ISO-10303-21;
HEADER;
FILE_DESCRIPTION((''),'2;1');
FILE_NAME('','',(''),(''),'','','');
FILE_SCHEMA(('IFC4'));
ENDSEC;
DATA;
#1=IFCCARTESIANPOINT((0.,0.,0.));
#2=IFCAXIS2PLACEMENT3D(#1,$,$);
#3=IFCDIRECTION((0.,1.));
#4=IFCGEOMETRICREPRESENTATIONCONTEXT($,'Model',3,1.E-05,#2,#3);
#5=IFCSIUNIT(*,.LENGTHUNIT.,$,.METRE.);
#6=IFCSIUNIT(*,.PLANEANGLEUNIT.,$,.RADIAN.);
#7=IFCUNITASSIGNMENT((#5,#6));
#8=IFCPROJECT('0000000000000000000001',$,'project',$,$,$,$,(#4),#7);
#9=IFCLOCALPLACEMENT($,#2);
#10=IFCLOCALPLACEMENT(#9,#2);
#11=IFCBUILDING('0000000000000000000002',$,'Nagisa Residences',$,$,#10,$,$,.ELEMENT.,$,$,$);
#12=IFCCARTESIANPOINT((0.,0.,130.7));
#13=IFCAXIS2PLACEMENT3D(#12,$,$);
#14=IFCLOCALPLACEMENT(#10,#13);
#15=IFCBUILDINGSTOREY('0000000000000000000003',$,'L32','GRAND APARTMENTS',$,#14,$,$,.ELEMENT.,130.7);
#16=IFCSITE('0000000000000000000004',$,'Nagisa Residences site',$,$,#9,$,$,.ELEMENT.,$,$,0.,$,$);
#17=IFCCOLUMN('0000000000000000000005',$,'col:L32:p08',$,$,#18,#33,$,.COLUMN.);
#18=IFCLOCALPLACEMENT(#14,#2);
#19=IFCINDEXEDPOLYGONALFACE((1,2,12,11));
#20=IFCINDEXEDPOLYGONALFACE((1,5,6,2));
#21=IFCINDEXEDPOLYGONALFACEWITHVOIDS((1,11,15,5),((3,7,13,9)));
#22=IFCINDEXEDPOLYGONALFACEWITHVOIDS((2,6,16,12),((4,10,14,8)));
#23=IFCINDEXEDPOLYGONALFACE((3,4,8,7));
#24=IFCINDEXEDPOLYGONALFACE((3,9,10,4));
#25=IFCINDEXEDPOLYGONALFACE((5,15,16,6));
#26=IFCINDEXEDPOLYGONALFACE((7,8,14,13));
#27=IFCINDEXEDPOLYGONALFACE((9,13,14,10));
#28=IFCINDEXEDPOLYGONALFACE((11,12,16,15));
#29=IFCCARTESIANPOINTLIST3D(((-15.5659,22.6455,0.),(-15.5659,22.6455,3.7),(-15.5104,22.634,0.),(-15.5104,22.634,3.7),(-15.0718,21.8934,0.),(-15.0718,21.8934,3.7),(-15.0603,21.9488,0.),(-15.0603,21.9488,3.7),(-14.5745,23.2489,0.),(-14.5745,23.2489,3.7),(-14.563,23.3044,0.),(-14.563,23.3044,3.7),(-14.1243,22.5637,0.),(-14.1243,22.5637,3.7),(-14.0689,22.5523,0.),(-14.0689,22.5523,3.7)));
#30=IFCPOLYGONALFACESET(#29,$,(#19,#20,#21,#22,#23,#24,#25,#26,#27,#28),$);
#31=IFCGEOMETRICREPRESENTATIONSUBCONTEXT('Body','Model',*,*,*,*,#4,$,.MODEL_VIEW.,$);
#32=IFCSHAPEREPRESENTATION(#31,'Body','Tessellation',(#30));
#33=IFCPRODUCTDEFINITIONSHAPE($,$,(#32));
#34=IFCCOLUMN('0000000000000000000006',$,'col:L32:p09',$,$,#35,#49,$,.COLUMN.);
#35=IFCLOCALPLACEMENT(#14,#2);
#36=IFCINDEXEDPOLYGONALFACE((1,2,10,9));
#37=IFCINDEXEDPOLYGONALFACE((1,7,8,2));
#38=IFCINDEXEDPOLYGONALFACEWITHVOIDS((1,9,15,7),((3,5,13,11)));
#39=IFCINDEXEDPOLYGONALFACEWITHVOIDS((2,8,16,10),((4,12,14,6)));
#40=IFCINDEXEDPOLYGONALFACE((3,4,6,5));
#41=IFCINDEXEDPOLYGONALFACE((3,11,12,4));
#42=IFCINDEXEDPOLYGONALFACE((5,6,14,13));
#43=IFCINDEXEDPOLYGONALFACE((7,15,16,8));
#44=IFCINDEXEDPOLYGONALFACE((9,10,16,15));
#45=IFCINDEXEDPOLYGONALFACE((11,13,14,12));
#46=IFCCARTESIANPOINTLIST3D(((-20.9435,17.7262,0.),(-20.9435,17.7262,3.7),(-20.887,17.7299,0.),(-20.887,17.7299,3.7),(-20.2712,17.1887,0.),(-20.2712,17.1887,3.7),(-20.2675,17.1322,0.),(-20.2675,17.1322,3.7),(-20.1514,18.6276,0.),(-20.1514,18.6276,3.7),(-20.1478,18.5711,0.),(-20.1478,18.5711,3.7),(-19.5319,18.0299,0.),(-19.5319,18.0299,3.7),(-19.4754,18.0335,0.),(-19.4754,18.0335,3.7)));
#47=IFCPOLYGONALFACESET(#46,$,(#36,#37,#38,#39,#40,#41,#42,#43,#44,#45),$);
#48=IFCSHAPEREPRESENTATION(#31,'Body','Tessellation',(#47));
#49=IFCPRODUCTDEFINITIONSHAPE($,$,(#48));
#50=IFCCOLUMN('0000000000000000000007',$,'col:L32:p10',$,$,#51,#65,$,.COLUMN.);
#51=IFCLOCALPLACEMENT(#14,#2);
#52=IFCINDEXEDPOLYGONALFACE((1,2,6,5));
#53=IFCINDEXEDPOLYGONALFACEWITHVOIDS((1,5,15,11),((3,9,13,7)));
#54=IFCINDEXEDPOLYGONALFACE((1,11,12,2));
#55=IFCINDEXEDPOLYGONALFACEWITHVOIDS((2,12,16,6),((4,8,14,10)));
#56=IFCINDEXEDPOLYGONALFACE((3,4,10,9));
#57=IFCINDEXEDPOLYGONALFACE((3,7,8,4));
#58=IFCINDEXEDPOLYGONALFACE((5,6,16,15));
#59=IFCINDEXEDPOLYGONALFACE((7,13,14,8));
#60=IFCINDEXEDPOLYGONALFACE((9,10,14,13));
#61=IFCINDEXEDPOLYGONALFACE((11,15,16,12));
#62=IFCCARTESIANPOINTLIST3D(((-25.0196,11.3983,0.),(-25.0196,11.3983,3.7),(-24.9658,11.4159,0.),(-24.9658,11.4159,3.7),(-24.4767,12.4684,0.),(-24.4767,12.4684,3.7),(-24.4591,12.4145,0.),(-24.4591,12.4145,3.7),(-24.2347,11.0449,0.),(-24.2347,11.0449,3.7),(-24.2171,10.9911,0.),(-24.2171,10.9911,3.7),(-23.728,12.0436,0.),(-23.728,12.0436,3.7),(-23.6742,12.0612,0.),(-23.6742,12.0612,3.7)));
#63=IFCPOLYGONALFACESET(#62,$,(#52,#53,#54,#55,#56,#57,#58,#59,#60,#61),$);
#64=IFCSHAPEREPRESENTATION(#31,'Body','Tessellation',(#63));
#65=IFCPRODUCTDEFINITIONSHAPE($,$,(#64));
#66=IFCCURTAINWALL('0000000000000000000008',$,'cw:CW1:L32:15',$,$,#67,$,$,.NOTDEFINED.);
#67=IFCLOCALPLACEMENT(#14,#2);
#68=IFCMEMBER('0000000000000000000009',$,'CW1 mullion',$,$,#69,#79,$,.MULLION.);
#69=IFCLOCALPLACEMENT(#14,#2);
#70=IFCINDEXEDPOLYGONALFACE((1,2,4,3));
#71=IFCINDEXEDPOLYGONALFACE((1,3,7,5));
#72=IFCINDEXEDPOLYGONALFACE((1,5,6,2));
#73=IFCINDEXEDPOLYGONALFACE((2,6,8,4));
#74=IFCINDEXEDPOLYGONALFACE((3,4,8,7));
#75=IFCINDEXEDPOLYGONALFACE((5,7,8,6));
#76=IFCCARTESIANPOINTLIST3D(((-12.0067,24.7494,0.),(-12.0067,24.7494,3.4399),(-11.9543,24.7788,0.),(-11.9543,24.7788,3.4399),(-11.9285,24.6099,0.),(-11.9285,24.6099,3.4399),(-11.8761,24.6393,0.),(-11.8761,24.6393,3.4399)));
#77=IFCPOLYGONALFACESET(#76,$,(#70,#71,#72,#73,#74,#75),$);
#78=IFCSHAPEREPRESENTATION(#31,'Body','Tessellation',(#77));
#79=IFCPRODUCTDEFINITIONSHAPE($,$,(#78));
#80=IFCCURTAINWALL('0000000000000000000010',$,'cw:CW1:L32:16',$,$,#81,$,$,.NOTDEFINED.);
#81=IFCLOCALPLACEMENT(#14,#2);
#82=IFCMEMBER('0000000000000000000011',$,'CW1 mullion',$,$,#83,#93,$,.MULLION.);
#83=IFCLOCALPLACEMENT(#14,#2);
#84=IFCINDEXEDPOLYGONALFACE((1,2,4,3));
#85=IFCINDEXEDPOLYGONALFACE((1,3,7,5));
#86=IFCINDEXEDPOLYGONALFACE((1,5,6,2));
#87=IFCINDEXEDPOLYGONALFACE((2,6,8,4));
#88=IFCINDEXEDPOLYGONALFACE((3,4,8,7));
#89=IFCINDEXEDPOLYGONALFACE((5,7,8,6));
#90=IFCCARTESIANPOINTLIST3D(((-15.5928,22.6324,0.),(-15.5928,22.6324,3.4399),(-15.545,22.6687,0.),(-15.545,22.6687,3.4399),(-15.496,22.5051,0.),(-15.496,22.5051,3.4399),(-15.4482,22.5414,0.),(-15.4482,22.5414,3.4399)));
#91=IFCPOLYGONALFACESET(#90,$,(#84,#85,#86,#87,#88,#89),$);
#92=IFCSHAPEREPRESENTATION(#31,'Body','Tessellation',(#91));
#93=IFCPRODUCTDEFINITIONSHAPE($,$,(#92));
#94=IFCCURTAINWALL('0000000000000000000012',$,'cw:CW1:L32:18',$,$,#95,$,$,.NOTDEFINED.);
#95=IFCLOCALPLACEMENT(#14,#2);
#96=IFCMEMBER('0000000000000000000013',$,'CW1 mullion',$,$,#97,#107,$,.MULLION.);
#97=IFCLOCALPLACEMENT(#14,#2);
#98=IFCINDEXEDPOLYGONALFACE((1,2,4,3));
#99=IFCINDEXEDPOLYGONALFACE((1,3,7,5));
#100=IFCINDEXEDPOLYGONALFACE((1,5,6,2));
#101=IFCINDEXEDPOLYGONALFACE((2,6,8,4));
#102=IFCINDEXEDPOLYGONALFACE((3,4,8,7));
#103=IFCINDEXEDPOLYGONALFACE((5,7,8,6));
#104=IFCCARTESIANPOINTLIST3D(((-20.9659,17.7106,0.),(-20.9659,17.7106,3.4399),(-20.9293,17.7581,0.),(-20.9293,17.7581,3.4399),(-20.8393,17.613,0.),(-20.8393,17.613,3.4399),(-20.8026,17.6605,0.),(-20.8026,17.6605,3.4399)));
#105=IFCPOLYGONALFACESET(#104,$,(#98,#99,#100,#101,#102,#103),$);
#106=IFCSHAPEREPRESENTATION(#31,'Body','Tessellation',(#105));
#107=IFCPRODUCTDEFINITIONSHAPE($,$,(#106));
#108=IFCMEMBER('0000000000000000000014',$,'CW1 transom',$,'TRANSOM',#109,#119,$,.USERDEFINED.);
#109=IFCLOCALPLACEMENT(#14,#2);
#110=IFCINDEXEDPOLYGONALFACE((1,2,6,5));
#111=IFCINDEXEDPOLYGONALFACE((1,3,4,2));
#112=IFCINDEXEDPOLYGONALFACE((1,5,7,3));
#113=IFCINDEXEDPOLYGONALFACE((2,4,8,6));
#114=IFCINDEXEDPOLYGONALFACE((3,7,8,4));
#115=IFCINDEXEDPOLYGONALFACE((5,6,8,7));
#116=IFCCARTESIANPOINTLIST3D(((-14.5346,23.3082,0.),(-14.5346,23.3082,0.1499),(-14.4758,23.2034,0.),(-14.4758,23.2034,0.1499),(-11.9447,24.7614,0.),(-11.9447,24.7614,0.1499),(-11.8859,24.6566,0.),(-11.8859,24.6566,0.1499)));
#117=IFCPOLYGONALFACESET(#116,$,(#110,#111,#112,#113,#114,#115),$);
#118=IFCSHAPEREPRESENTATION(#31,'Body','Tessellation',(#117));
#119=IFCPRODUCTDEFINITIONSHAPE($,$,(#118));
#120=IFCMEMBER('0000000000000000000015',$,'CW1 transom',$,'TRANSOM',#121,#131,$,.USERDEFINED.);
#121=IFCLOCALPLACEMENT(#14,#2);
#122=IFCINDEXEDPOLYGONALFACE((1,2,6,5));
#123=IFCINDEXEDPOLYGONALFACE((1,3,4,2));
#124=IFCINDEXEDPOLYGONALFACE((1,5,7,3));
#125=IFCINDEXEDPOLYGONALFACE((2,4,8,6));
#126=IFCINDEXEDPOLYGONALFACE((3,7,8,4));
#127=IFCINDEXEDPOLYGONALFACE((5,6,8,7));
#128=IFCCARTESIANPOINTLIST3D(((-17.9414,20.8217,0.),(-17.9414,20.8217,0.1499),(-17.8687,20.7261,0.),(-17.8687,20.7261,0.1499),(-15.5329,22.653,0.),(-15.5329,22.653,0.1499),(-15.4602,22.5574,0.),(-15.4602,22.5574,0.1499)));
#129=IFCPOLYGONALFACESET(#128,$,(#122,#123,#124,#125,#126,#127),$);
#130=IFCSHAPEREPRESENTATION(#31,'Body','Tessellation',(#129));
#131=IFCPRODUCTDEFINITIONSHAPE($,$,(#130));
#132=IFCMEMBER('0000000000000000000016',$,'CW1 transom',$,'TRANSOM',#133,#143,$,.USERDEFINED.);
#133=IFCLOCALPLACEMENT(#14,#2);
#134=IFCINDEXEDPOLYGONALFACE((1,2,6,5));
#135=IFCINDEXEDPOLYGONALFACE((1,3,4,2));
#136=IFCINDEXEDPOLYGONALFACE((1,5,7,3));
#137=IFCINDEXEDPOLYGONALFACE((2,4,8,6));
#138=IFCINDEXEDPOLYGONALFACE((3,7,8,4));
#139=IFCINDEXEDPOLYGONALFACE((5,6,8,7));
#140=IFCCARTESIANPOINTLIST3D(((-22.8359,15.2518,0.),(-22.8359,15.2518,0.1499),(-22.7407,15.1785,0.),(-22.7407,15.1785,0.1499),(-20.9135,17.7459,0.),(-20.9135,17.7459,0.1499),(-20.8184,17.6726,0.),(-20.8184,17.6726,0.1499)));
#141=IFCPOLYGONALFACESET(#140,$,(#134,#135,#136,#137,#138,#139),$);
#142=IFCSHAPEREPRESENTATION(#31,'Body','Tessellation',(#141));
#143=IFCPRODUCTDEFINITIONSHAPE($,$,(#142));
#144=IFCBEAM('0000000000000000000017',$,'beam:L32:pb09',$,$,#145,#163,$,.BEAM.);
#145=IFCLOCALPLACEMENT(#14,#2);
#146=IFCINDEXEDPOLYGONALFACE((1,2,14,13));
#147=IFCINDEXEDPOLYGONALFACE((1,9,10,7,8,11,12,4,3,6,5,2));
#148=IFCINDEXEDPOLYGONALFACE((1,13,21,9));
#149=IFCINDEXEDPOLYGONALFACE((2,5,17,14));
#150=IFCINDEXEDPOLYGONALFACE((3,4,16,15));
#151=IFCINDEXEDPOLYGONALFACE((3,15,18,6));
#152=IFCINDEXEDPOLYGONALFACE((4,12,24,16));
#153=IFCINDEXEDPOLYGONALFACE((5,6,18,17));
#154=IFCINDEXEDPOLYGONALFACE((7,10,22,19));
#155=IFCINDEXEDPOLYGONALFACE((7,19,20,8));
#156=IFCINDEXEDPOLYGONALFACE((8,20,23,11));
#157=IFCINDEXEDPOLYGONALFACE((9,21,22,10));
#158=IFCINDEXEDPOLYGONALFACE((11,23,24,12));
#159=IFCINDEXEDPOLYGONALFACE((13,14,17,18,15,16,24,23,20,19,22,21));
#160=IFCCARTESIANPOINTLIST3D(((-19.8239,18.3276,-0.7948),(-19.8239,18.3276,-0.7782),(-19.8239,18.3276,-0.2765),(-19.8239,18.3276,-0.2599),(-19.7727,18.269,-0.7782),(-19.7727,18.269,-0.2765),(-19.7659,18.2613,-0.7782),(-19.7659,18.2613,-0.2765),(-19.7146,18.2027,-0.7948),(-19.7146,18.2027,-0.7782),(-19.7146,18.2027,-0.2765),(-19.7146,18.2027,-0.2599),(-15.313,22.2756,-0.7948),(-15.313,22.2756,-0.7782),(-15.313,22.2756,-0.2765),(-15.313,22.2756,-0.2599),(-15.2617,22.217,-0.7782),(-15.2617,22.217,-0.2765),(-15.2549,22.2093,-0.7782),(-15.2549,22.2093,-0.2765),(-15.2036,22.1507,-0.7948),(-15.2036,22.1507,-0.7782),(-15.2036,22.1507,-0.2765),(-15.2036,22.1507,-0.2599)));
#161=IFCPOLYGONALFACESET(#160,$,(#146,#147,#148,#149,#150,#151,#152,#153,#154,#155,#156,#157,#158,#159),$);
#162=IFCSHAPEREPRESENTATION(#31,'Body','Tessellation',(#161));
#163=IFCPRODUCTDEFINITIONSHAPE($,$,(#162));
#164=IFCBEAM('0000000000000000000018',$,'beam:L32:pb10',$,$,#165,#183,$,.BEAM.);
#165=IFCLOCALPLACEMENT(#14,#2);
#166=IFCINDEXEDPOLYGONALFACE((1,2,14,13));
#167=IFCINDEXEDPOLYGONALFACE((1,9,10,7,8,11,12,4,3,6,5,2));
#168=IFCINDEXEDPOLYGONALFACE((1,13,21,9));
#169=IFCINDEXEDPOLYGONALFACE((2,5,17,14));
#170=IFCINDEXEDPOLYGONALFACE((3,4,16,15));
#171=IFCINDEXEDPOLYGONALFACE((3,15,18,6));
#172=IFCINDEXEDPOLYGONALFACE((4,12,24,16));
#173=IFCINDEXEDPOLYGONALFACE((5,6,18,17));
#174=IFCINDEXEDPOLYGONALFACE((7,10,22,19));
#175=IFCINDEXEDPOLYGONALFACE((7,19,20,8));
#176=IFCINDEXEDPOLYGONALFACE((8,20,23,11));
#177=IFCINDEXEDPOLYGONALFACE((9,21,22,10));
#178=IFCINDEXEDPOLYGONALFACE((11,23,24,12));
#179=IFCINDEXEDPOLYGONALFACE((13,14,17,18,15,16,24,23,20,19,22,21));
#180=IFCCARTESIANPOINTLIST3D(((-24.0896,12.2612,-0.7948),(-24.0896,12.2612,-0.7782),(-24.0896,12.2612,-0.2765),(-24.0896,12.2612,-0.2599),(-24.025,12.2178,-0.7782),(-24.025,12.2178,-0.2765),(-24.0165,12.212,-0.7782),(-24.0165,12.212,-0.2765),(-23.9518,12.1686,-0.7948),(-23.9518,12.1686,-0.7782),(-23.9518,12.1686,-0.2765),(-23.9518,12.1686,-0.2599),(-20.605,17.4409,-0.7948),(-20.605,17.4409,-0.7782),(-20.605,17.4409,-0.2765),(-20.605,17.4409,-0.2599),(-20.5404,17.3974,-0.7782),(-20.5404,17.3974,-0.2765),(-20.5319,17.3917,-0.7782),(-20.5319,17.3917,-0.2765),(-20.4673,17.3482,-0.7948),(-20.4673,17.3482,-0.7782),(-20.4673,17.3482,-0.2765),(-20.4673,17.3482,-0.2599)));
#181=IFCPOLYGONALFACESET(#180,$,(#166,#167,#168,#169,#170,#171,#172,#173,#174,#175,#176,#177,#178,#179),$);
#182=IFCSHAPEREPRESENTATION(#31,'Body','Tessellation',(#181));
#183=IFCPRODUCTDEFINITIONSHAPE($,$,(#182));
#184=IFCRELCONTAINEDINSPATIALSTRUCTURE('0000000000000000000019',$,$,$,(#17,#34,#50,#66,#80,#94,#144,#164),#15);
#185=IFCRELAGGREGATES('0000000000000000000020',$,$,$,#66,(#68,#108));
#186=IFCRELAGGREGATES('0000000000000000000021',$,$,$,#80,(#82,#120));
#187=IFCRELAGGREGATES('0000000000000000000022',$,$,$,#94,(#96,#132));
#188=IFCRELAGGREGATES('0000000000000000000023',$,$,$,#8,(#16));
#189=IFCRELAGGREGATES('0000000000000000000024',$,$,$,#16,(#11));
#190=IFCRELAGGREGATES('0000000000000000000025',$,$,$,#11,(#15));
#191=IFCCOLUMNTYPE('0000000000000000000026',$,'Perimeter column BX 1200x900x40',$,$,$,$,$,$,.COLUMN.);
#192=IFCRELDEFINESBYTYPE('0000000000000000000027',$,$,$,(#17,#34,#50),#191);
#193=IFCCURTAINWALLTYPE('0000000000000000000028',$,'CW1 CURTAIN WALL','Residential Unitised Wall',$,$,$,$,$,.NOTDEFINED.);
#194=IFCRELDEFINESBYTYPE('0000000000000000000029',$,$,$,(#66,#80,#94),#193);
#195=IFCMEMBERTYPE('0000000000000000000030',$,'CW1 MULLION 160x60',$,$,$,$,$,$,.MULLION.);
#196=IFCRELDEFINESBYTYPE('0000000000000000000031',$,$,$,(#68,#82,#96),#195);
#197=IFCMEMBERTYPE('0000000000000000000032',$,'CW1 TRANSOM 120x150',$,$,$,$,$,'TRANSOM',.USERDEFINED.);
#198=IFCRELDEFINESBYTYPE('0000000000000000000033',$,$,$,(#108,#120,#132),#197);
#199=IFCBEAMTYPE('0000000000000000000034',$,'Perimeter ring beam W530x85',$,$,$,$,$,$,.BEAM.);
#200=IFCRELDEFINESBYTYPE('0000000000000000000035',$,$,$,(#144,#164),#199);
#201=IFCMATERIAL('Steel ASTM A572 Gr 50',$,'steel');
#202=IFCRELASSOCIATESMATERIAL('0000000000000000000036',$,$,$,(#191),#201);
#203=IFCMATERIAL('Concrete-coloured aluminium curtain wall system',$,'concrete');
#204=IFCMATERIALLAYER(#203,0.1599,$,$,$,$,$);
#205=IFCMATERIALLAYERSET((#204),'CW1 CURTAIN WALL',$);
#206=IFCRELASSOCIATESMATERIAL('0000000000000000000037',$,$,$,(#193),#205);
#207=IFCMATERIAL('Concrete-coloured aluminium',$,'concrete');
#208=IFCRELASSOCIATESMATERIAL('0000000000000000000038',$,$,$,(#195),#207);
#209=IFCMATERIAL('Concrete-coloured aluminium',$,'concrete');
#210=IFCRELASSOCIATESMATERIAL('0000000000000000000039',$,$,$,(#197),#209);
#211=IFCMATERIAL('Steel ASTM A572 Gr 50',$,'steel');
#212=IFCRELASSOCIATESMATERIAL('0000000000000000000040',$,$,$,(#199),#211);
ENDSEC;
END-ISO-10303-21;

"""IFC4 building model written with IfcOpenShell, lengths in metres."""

from ifc_helpers import new_model, si_unit, direction, frame, origin, origin_2d, place, context, subcontext, project, spatial, rectangle, hollow_rectangle, i_section, extrude, material, layer, layer_set, material_profile, profile_set, type_object, element, aggregate, save


model = new_model("IFC4")

# Units and contexts
model_context = context("Model", 3, precision=1e-05, world=origin(), true_north=direction((0.0, 1.0)))
body_context = subcontext(model_context, "Body", "Model", "MODEL_VIEW")
ifc_project = project(units=[si_unit("LENGTHUNIT", "METRE"), si_unit("PLANEANGLEUNIT", "RADIAN")], contexts=[model_context])

# Site, building, storey
site_placement = place(None, origin())
site = spatial("IfcSite", under=ifc_project, at=site_placement, Name="Nagisa Residences site", CompositionType="ELEMENT", RefElevation=0.0)
building_placement = place(site_placement, origin())
building = spatial("IfcBuilding", under=site, at=building_placement, Name="Nagisa Residences", CompositionType="ELEMENT")
storey_placement = place(building_placement, frame((0.0, 0.0, 130.7)))
storey = spatial("IfcBuildingStorey", under=building, at=storey_placement, Name="L32", Description="GRAND APARTMENTS", CompositionType="ELEMENT", Elevation=130.7)

# Columns
ifc_material_1 = material(Name="Steel ASTM A572 Gr 50", Category="steel")
ifc_material_profile_1 = material_profile(ifc_material_1, hollow_rectangle(XDim=1.2, YDim=0.8999, WallThickness=0.04, at=origin_2d()), Name="BX 1200x900x40")
ifc_profile_set_1 = profile_set([ifc_material_profile_1], Name="Steel ASTM A572 Gr 50")
column_type = type_object("IfcColumnType", Name="Perimeter column BX 1200x900x40", PredefinedType="COLUMN", material=ifc_profile_set_1)
for number, where, z_axis, x_axis, name in (
    (1, (-14.8174, 22.5989, 0.0), (0.0, 0.0, 1.0), (-0.835766, -0.549086, 0.0), "col:L32:p08"),
    (2, (-20.2095, 17.8799, 0.0), (0.0, 0.0, 1.0), (-0.660115, -0.751165, 0.0), "col:L32:p09"),
    (3, (-24.3469, 11.7297, 0.0), (0.0, 0.0, 1.0), (-0.452463, -0.891783, 0.0), "col:L32:p10"),
):
    element("IfcColumn", number, at=place(storey_placement, frame(where, z_axis=z_axis, x_axis=x_axis)), inside=storey, type_object=column_type, Name=name, PredefinedType="COLUMN", context=body_context, shape_type="SweptSolid", body=[
        extrude(hollow_rectangle(XDim=1.2, YDim=0.8999, WallThickness=0.04, at=origin_2d()), origin(), (0.0, 0.0, 1.0), 3.7),
    ])

# Curtain walls, members
ifc_material_2 = material(Name="Concrete-coloured aluminium curtain wall system", Category="concrete")
ifc_layer_1 = layer(ifc_material_2, 0.1599)
ifc_layer_set_1 = layer_set([ifc_layer_1], Name="CW1 CURTAIN WALL")
curtain_wall_type = type_object("IfcCurtainWallType", Name="CW1 CURTAIN WALL", Description="Residential Unitised Wall", PredefinedType="NOTDEFINED", material=ifc_layer_set_1)
curtain_wall_1_placement = place(storey_placement, origin())
curtain_wall_1 = element("IfcCurtainWall", 4, at=curtain_wall_1_placement, inside=storey, type_object=curtain_wall_type, Name="cw:CW1:L32:15", PredefinedType="NOTDEFINED")
ifc_material_3 = material(Name="Concrete-coloured aluminium", Category="concrete")
ifc_material_profile_2 = material_profile(ifc_material_3, rectangle(XDim=0.1599, YDim=0.0601, at=origin_2d()), Name="CW1 MULLION 160x60")
ifc_profile_set_2 = profile_set([ifc_material_profile_2], Name="Concrete-coloured aluminium")
member_type_1 = type_object("IfcMemberType", Name="CW1 MULLION 160x60", PredefinedType="MULLION", material=ifc_profile_set_2)
member_1_placement = place(storey_placement, frame((-11.9414, 24.6943, 0.0), z_axis=(0.0, 0.0, 1.0), x_axis=(0.489377, -0.872072, 0.0)))
member_1 = element("IfcMember", 5, at=member_1_placement, type_object=member_type_1, Name="CW1 mullion", PredefinedType="MULLION", context=body_context, shape_type="SweptSolid", body=[
    extrude(rectangle(XDim=0.1599, YDim=0.0601, at=origin_2d()), origin(), (0.0, 0.0, 1.0), 3.4399),
])
curtain_wall_2_placement = place(storey_placement, origin())
curtain_wall_2 = element("IfcCurtainWall", 6, at=curtain_wall_2_placement, inside=storey, type_object=curtain_wall_type, Name="cw:CW1:L32:16", PredefinedType="NOTDEFINED")
member_2_placement = place(storey_placement, frame((-15.5205, 22.5869, 0.0), z_axis=(0.0, 0.0, 1.0), x_axis=(0.605255, -0.796031, 0.0)))
member_2 = element("IfcMember", 7, at=member_2_placement, type_object=member_type_1, Name="CW1 mullion", PredefinedType="MULLION", context=body_context, shape_type="SweptSolid", body=[
    extrude(rectangle(XDim=0.1599, YDim=0.0601, at=origin_2d()), origin(), (0.0, 0.0, 1.0), 3.4399),
])
curtain_wall_3_placement = place(storey_placement, origin())
curtain_wall_3 = element("IfcCurtainWall", 8, at=curtain_wall_3_placement, inside=storey, type_object=curtain_wall_type, Name="cw:CW1:L32:18", PredefinedType="NOTDEFINED")
member_3_placement = place(storey_placement, frame((-20.8843, 17.6855, 0.0), z_axis=(0.0, 0.0, 1.0), x_axis=(0.79207, -0.61043, 0.0)))
member_3 = element("IfcMember", 9, at=member_3_placement, type_object=member_type_1, Name="CW1 mullion", PredefinedType="MULLION", context=body_context, shape_type="SweptSolid", body=[
    extrude(rectangle(XDim=0.1599, YDim=0.0601, at=origin_2d()), origin(), (0.0, 0.0, 1.0), 3.4399),
])

# Members
ifc_material_4 = material(Name="Concrete-coloured aluminium", Category="concrete")
ifc_material_profile_3 = material_profile(ifc_material_4, rectangle(XDim=0.1201, YDim=0.1499, at=origin_2d()), Name="CW1 TRANSOM 120x150")
ifc_profile_set_3 = profile_set([ifc_material_profile_3], Name="Concrete-coloured aluminium")
member_type_2 = type_object("IfcMemberType", Name="CW1 TRANSOM 120x150", ElementType="TRANSOM", PredefinedType="USERDEFINED", material=ifc_profile_set_3)
member_4_placement = place(storey_placement, frame((-11.9153, 24.709, 0.075), z_axis=(-0.872102, -0.489324, 0.0), x_axis=(0.489324, -0.872102, 0.0)))
member_4 = element("IfcMember", 10, at=member_4_placement, type_object=member_type_2, Name="CW1 transom", ObjectType="TRANSOM", PredefinedType="USERDEFINED", context=body_context, shape_type="SweptSolid", body=[
    extrude(rectangle(XDim=0.1201, YDim=0.1499, at=origin_2d()), origin(), (0.0, 0.0, 1.0), 2.9697),
])
member_5_placement = place(storey_placement, frame((-15.4966, 22.6052, 0.075), z_axis=(-0.796022, -0.605267, 0.0), x_axis=(0.605267, -0.796022, 0.0)))
member_5 = element("IfcMember", 11, at=member_5_placement, type_object=member_type_2, Name="CW1 transom", ObjectType="TRANSOM", PredefinedType="USERDEFINED", context=body_context, shape_type="SweptSolid", body=[
    extrude(rectangle(XDim=0.1201, YDim=0.1499, at=origin_2d()), origin(), (0.0, 0.0, 1.0), 3.0256),
])
member_6_placement = place(storey_placement, frame((-20.866, 17.7092, 0.075), z_axis=(-0.610467, -0.792041, 0.0), x_axis=(0.792041, -0.610467, 0.0)))
member_6 = element("IfcMember", 12, at=member_6_placement, type_object=member_type_2, Name="CW1 transom", ObjectType="TRANSOM", PredefinedType="USERDEFINED", context=body_context, shape_type="SweptSolid", body=[
    extrude(rectangle(XDim=0.1201, YDim=0.1499, at=origin_2d()), origin(), (0.0, 0.0, 1.0), 3.1489),
])

# Beams
ifc_material_5 = material(Name="Steel ASTM A572 Gr 50", Category="steel")
ifc_material_profile_4 = material_profile(ifc_material_5, i_section(OverallWidth=0.166, OverallDepth=0.5349, WebThickness=0.0103, FlangeThickness=0.0166, at=origin_2d()), Name="W530x85")
ifc_profile_set_4 = profile_set([ifc_material_profile_4], Name="Steel ASTM A572 Gr 50")
beam_type_1 = type_object("IfcBeamType", Name="Perimeter ring beam W530x85", PredefinedType="BEAM", material=ifc_profile_set_4)
beam_1_placement = place(storey_placement, frame((-15.2583, 22.2131, -0.5273), z_axis=(-0.752504, -0.658588, 0.0), x_axis=(0.658588, -0.752504, 0.0)))
element("IfcBeam", 13, at=beam_1_placement, inside=storey, type_object=beam_type_1, Name="beam:L32:pb09", PredefinedType="BEAM", context=body_context, shape_type="SweptSolid", body=[
    extrude(i_section(OverallWidth=0.166, OverallDepth=0.5349, WebThickness=0.0103, FlangeThickness=0.0166, at=origin_2d()), origin(), (0.0, 0.0, 1.0), 5.9946),
])
beam_2_placement = place(storey_placement, frame((-20.5361, 17.3945, -0.5273), z_axis=(-0.558188, -0.829715, 0.0), x_axis=(0.829715, -0.558188, 0.0)))
element("IfcBeam", 14, at=beam_2_placement, inside=storey, type_object=beam_type_1, Name="beam:L32:pb10", PredefinedType="BEAM", context=body_context, shape_type="SweptSolid", body=[
    extrude(i_section(OverallWidth=0.166, OverallDepth=0.5349, WebThickness=0.0103, FlangeThickness=0.0166, at=origin_2d()), origin(), (0.0, 0.0, 1.0), 6.2427),
])

aggregate(curtain_wall_1, [member_1, member_4])
aggregate(curtain_wall_2, [member_2, member_5])
aggregate(curtain_wall_3, [member_3, member_6])

save(model, "model.ifc")
